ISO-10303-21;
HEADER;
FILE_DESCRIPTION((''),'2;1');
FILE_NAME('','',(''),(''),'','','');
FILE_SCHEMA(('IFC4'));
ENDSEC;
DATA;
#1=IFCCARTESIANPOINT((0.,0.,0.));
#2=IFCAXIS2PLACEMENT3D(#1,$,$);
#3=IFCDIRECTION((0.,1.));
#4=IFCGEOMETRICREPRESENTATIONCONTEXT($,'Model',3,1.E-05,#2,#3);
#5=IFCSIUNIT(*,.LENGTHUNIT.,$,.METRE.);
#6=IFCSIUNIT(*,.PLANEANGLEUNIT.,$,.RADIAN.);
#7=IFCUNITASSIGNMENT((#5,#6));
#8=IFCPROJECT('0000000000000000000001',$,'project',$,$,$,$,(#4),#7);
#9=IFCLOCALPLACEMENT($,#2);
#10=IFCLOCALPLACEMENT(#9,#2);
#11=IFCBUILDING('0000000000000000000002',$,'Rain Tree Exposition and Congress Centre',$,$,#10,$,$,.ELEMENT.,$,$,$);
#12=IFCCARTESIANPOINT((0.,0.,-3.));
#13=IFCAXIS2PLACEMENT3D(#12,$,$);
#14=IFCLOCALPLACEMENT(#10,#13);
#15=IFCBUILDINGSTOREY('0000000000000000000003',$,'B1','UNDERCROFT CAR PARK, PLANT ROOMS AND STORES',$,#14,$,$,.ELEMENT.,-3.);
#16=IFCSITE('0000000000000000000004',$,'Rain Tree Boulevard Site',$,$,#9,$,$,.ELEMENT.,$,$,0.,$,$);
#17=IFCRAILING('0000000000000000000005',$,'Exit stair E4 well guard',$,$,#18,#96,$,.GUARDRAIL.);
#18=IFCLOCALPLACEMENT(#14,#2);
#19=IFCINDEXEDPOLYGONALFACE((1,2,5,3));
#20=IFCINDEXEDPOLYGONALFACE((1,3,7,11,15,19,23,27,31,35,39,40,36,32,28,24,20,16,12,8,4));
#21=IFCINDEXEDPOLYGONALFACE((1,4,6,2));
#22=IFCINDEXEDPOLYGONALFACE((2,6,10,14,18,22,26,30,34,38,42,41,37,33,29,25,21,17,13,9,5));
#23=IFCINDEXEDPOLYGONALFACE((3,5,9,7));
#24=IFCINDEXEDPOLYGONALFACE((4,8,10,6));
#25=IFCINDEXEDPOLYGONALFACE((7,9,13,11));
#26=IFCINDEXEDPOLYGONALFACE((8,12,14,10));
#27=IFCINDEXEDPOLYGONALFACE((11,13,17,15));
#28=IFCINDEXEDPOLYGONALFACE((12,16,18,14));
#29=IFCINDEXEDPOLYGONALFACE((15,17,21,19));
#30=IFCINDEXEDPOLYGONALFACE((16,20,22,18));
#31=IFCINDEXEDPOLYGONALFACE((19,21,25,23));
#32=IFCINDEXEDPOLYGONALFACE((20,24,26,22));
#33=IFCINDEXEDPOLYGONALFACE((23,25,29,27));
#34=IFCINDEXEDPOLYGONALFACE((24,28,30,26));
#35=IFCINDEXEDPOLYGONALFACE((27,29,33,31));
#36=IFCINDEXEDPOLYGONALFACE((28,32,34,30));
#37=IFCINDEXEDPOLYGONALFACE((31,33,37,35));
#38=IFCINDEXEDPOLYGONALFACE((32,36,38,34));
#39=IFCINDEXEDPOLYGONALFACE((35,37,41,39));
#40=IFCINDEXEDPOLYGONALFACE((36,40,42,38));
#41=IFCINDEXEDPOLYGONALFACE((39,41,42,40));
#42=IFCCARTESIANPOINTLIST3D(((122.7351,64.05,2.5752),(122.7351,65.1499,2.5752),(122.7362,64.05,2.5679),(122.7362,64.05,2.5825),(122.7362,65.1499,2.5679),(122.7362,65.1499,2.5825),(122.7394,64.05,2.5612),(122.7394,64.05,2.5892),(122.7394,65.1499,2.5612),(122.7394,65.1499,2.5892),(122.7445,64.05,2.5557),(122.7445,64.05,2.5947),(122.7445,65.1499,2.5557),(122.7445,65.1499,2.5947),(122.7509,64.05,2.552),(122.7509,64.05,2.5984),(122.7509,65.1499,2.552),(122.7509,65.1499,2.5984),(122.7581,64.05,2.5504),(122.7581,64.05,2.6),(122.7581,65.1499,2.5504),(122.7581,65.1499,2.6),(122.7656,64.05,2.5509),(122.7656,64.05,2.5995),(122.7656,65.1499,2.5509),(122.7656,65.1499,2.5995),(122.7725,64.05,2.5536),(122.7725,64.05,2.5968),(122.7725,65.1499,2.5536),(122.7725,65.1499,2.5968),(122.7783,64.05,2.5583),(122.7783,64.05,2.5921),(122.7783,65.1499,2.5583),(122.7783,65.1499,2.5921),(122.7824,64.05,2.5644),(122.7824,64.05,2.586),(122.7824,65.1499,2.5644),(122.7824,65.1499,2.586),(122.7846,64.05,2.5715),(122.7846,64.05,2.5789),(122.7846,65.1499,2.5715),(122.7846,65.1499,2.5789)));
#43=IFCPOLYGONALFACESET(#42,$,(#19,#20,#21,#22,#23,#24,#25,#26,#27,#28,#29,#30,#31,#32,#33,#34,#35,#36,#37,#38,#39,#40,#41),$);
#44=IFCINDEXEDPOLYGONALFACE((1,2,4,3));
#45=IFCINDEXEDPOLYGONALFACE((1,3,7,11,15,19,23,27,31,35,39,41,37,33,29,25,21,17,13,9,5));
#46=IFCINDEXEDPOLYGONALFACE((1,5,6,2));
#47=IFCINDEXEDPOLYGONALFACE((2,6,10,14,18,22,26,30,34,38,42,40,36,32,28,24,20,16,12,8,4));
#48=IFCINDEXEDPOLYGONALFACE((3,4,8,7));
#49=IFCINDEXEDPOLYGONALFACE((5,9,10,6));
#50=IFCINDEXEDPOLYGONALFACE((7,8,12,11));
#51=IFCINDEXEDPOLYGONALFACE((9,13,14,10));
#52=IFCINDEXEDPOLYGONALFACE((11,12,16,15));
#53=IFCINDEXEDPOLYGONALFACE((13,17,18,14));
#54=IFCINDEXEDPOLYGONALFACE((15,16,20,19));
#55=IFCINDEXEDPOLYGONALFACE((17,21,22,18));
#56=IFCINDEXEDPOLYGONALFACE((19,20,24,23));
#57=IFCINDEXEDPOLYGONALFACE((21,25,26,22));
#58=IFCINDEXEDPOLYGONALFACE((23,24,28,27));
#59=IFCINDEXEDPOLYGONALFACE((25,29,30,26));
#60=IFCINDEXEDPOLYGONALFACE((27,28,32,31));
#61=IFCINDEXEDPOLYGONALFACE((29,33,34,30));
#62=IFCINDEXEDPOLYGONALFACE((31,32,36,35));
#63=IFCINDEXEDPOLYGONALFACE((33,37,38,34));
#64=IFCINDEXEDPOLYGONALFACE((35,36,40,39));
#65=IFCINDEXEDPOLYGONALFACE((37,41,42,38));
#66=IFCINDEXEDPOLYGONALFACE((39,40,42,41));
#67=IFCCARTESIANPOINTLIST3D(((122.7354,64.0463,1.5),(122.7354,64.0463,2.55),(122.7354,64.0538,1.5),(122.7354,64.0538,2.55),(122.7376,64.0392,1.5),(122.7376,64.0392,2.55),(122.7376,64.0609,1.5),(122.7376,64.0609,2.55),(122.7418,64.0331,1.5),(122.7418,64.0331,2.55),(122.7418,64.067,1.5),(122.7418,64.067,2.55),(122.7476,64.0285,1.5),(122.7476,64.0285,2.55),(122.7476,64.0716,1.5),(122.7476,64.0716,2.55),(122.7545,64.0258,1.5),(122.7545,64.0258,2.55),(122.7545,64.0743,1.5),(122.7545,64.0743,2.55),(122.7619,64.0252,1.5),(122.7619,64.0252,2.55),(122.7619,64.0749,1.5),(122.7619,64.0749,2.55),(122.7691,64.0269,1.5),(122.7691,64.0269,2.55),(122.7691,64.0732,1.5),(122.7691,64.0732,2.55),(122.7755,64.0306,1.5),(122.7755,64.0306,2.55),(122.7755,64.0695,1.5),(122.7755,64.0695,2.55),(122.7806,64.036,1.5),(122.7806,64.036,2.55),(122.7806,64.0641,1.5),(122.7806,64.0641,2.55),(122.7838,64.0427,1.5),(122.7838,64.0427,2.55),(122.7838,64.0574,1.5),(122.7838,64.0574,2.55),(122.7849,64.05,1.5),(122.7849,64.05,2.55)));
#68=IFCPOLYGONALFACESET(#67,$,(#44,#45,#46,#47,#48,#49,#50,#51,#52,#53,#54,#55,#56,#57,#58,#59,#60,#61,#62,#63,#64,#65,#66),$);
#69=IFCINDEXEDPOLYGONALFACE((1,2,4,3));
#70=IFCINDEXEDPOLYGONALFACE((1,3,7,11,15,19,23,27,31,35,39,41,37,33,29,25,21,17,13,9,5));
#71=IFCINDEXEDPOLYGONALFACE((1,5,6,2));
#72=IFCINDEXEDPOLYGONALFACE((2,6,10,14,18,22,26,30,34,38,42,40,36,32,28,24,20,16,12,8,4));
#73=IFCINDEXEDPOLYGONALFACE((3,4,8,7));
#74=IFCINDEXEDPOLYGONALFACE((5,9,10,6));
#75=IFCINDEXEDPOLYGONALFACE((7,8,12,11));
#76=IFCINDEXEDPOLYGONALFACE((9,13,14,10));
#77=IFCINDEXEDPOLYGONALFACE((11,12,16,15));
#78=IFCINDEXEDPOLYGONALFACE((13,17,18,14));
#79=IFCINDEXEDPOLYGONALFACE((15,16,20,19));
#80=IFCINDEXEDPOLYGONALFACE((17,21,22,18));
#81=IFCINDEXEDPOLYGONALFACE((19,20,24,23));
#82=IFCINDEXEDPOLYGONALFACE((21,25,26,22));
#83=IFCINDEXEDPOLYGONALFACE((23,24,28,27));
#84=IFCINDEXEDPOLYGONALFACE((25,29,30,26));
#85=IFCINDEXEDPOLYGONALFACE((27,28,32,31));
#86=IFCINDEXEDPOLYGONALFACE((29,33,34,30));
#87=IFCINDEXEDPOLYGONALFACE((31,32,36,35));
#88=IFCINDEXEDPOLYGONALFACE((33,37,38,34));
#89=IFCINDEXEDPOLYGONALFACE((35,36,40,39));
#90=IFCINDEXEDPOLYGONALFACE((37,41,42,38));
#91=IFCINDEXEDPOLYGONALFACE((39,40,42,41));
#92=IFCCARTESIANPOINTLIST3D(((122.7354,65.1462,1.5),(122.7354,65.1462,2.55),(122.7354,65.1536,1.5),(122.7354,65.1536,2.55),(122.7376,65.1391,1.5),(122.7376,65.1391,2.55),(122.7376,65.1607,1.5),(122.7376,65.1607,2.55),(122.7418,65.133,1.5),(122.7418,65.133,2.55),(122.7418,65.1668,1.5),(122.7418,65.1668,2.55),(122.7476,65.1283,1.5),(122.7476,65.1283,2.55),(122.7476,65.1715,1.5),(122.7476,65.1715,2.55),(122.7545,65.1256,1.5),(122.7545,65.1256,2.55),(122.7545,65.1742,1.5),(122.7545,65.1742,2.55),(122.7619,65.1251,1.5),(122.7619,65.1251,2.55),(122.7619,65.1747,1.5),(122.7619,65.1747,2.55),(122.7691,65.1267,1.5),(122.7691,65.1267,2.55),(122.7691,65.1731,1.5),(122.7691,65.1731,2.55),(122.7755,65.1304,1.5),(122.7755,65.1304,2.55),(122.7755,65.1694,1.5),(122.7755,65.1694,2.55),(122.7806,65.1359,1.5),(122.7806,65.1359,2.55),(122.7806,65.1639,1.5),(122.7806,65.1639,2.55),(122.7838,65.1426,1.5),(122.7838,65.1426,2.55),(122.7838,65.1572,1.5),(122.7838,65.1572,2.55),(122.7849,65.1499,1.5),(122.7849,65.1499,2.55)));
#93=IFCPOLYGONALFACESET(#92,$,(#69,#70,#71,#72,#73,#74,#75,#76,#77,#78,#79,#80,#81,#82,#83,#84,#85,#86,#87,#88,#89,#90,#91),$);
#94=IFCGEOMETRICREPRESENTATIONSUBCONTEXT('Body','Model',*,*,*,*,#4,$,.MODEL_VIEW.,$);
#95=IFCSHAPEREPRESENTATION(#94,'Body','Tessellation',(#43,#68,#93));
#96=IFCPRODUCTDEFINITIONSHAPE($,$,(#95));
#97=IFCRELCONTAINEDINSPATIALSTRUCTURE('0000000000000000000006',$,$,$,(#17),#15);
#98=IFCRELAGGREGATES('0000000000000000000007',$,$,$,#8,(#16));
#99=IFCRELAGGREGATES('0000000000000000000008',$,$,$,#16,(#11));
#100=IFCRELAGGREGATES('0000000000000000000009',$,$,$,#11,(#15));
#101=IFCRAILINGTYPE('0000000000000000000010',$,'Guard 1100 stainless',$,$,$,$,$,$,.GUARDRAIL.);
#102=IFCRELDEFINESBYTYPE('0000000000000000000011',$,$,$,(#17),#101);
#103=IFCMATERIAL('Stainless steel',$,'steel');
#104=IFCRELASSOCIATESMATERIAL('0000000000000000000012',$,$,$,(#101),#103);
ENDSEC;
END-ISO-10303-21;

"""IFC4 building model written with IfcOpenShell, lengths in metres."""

from ifc_helpers import new_model, si_unit, direction, frame, origin, origin_2d, place, context, subcontext, project, spatial, circle, extrude, material, type_object, element, save


model = new_model("IFC4")

# Units and contexts
model_context = context("Model", 3, precision=1e-05, world=origin(), true_north=direction((0.0, 1.0)))
body_context = subcontext(model_context, "Body", "Model", "MODEL_VIEW")
ifc_project = project(units=[si_unit("LENGTHUNIT", "METRE"), si_unit("PLANEANGLEUNIT", "RADIAN")], contexts=[model_context])

# Site, building, storey
site_placement = place(None, origin())
site = spatial("IfcSite", under=ifc_project, at=site_placement, Name="Rain Tree Boulevard Site", CompositionType="ELEMENT", RefElevation=0.0)
building_placement = place(site_placement, origin())
building = spatial("IfcBuilding", under=site, at=building_placement, Name="Rain Tree Exposition and Congress Centre", CompositionType="ELEMENT")
storey_placement = place(building_placement, frame((0.0, 0.0, -3.0)))
storey = spatial("IfcBuildingStorey", under=building, at=storey_placement, Name="B1", Description="UNDERCROFT CAR PARK, PLANT ROOMS AND STORES", CompositionType="ELEMENT", Elevation=-3.0)

# Railing
ifc_material_1 = material(Name="Stainless steel", Category="steel")
railing_type = type_object("IfcRailingType", Name="Guard 1100 stainless", PredefinedType="GUARDRAIL", material=ifc_material_1)
railing_placement = place(storey_placement, frame((122.76, 64.05, 1.5)))
element("IfcRailing", 1, at=railing_placement, inside=storey, type_object=railing_type, Name="Exit stair E4 well guard", PredefinedType="GUARDRAIL", context=body_context, shape_type="SweptSolid", body=[
    extrude(circle(Radius=0.0249, at=origin_2d()), frame((0.0, 0.0, 1.0752), z_axis=(0.0, 1.0, 0.0), x_axis=(-1.0, 0.0, 0.0)), (0.0, 0.0, 1.0), 1.0999),
    extrude(circle(Radius=0.0249, at=origin_2d()), origin(), (0.0, 0.0, 1.0), 1.05),
    extrude(circle(Radius=0.0249, at=origin_2d()), frame((0.0, 1.0999, 0.0)), (0.0, 0.0, 1.0), 1.05),
])

save(model, "model.ifc")
